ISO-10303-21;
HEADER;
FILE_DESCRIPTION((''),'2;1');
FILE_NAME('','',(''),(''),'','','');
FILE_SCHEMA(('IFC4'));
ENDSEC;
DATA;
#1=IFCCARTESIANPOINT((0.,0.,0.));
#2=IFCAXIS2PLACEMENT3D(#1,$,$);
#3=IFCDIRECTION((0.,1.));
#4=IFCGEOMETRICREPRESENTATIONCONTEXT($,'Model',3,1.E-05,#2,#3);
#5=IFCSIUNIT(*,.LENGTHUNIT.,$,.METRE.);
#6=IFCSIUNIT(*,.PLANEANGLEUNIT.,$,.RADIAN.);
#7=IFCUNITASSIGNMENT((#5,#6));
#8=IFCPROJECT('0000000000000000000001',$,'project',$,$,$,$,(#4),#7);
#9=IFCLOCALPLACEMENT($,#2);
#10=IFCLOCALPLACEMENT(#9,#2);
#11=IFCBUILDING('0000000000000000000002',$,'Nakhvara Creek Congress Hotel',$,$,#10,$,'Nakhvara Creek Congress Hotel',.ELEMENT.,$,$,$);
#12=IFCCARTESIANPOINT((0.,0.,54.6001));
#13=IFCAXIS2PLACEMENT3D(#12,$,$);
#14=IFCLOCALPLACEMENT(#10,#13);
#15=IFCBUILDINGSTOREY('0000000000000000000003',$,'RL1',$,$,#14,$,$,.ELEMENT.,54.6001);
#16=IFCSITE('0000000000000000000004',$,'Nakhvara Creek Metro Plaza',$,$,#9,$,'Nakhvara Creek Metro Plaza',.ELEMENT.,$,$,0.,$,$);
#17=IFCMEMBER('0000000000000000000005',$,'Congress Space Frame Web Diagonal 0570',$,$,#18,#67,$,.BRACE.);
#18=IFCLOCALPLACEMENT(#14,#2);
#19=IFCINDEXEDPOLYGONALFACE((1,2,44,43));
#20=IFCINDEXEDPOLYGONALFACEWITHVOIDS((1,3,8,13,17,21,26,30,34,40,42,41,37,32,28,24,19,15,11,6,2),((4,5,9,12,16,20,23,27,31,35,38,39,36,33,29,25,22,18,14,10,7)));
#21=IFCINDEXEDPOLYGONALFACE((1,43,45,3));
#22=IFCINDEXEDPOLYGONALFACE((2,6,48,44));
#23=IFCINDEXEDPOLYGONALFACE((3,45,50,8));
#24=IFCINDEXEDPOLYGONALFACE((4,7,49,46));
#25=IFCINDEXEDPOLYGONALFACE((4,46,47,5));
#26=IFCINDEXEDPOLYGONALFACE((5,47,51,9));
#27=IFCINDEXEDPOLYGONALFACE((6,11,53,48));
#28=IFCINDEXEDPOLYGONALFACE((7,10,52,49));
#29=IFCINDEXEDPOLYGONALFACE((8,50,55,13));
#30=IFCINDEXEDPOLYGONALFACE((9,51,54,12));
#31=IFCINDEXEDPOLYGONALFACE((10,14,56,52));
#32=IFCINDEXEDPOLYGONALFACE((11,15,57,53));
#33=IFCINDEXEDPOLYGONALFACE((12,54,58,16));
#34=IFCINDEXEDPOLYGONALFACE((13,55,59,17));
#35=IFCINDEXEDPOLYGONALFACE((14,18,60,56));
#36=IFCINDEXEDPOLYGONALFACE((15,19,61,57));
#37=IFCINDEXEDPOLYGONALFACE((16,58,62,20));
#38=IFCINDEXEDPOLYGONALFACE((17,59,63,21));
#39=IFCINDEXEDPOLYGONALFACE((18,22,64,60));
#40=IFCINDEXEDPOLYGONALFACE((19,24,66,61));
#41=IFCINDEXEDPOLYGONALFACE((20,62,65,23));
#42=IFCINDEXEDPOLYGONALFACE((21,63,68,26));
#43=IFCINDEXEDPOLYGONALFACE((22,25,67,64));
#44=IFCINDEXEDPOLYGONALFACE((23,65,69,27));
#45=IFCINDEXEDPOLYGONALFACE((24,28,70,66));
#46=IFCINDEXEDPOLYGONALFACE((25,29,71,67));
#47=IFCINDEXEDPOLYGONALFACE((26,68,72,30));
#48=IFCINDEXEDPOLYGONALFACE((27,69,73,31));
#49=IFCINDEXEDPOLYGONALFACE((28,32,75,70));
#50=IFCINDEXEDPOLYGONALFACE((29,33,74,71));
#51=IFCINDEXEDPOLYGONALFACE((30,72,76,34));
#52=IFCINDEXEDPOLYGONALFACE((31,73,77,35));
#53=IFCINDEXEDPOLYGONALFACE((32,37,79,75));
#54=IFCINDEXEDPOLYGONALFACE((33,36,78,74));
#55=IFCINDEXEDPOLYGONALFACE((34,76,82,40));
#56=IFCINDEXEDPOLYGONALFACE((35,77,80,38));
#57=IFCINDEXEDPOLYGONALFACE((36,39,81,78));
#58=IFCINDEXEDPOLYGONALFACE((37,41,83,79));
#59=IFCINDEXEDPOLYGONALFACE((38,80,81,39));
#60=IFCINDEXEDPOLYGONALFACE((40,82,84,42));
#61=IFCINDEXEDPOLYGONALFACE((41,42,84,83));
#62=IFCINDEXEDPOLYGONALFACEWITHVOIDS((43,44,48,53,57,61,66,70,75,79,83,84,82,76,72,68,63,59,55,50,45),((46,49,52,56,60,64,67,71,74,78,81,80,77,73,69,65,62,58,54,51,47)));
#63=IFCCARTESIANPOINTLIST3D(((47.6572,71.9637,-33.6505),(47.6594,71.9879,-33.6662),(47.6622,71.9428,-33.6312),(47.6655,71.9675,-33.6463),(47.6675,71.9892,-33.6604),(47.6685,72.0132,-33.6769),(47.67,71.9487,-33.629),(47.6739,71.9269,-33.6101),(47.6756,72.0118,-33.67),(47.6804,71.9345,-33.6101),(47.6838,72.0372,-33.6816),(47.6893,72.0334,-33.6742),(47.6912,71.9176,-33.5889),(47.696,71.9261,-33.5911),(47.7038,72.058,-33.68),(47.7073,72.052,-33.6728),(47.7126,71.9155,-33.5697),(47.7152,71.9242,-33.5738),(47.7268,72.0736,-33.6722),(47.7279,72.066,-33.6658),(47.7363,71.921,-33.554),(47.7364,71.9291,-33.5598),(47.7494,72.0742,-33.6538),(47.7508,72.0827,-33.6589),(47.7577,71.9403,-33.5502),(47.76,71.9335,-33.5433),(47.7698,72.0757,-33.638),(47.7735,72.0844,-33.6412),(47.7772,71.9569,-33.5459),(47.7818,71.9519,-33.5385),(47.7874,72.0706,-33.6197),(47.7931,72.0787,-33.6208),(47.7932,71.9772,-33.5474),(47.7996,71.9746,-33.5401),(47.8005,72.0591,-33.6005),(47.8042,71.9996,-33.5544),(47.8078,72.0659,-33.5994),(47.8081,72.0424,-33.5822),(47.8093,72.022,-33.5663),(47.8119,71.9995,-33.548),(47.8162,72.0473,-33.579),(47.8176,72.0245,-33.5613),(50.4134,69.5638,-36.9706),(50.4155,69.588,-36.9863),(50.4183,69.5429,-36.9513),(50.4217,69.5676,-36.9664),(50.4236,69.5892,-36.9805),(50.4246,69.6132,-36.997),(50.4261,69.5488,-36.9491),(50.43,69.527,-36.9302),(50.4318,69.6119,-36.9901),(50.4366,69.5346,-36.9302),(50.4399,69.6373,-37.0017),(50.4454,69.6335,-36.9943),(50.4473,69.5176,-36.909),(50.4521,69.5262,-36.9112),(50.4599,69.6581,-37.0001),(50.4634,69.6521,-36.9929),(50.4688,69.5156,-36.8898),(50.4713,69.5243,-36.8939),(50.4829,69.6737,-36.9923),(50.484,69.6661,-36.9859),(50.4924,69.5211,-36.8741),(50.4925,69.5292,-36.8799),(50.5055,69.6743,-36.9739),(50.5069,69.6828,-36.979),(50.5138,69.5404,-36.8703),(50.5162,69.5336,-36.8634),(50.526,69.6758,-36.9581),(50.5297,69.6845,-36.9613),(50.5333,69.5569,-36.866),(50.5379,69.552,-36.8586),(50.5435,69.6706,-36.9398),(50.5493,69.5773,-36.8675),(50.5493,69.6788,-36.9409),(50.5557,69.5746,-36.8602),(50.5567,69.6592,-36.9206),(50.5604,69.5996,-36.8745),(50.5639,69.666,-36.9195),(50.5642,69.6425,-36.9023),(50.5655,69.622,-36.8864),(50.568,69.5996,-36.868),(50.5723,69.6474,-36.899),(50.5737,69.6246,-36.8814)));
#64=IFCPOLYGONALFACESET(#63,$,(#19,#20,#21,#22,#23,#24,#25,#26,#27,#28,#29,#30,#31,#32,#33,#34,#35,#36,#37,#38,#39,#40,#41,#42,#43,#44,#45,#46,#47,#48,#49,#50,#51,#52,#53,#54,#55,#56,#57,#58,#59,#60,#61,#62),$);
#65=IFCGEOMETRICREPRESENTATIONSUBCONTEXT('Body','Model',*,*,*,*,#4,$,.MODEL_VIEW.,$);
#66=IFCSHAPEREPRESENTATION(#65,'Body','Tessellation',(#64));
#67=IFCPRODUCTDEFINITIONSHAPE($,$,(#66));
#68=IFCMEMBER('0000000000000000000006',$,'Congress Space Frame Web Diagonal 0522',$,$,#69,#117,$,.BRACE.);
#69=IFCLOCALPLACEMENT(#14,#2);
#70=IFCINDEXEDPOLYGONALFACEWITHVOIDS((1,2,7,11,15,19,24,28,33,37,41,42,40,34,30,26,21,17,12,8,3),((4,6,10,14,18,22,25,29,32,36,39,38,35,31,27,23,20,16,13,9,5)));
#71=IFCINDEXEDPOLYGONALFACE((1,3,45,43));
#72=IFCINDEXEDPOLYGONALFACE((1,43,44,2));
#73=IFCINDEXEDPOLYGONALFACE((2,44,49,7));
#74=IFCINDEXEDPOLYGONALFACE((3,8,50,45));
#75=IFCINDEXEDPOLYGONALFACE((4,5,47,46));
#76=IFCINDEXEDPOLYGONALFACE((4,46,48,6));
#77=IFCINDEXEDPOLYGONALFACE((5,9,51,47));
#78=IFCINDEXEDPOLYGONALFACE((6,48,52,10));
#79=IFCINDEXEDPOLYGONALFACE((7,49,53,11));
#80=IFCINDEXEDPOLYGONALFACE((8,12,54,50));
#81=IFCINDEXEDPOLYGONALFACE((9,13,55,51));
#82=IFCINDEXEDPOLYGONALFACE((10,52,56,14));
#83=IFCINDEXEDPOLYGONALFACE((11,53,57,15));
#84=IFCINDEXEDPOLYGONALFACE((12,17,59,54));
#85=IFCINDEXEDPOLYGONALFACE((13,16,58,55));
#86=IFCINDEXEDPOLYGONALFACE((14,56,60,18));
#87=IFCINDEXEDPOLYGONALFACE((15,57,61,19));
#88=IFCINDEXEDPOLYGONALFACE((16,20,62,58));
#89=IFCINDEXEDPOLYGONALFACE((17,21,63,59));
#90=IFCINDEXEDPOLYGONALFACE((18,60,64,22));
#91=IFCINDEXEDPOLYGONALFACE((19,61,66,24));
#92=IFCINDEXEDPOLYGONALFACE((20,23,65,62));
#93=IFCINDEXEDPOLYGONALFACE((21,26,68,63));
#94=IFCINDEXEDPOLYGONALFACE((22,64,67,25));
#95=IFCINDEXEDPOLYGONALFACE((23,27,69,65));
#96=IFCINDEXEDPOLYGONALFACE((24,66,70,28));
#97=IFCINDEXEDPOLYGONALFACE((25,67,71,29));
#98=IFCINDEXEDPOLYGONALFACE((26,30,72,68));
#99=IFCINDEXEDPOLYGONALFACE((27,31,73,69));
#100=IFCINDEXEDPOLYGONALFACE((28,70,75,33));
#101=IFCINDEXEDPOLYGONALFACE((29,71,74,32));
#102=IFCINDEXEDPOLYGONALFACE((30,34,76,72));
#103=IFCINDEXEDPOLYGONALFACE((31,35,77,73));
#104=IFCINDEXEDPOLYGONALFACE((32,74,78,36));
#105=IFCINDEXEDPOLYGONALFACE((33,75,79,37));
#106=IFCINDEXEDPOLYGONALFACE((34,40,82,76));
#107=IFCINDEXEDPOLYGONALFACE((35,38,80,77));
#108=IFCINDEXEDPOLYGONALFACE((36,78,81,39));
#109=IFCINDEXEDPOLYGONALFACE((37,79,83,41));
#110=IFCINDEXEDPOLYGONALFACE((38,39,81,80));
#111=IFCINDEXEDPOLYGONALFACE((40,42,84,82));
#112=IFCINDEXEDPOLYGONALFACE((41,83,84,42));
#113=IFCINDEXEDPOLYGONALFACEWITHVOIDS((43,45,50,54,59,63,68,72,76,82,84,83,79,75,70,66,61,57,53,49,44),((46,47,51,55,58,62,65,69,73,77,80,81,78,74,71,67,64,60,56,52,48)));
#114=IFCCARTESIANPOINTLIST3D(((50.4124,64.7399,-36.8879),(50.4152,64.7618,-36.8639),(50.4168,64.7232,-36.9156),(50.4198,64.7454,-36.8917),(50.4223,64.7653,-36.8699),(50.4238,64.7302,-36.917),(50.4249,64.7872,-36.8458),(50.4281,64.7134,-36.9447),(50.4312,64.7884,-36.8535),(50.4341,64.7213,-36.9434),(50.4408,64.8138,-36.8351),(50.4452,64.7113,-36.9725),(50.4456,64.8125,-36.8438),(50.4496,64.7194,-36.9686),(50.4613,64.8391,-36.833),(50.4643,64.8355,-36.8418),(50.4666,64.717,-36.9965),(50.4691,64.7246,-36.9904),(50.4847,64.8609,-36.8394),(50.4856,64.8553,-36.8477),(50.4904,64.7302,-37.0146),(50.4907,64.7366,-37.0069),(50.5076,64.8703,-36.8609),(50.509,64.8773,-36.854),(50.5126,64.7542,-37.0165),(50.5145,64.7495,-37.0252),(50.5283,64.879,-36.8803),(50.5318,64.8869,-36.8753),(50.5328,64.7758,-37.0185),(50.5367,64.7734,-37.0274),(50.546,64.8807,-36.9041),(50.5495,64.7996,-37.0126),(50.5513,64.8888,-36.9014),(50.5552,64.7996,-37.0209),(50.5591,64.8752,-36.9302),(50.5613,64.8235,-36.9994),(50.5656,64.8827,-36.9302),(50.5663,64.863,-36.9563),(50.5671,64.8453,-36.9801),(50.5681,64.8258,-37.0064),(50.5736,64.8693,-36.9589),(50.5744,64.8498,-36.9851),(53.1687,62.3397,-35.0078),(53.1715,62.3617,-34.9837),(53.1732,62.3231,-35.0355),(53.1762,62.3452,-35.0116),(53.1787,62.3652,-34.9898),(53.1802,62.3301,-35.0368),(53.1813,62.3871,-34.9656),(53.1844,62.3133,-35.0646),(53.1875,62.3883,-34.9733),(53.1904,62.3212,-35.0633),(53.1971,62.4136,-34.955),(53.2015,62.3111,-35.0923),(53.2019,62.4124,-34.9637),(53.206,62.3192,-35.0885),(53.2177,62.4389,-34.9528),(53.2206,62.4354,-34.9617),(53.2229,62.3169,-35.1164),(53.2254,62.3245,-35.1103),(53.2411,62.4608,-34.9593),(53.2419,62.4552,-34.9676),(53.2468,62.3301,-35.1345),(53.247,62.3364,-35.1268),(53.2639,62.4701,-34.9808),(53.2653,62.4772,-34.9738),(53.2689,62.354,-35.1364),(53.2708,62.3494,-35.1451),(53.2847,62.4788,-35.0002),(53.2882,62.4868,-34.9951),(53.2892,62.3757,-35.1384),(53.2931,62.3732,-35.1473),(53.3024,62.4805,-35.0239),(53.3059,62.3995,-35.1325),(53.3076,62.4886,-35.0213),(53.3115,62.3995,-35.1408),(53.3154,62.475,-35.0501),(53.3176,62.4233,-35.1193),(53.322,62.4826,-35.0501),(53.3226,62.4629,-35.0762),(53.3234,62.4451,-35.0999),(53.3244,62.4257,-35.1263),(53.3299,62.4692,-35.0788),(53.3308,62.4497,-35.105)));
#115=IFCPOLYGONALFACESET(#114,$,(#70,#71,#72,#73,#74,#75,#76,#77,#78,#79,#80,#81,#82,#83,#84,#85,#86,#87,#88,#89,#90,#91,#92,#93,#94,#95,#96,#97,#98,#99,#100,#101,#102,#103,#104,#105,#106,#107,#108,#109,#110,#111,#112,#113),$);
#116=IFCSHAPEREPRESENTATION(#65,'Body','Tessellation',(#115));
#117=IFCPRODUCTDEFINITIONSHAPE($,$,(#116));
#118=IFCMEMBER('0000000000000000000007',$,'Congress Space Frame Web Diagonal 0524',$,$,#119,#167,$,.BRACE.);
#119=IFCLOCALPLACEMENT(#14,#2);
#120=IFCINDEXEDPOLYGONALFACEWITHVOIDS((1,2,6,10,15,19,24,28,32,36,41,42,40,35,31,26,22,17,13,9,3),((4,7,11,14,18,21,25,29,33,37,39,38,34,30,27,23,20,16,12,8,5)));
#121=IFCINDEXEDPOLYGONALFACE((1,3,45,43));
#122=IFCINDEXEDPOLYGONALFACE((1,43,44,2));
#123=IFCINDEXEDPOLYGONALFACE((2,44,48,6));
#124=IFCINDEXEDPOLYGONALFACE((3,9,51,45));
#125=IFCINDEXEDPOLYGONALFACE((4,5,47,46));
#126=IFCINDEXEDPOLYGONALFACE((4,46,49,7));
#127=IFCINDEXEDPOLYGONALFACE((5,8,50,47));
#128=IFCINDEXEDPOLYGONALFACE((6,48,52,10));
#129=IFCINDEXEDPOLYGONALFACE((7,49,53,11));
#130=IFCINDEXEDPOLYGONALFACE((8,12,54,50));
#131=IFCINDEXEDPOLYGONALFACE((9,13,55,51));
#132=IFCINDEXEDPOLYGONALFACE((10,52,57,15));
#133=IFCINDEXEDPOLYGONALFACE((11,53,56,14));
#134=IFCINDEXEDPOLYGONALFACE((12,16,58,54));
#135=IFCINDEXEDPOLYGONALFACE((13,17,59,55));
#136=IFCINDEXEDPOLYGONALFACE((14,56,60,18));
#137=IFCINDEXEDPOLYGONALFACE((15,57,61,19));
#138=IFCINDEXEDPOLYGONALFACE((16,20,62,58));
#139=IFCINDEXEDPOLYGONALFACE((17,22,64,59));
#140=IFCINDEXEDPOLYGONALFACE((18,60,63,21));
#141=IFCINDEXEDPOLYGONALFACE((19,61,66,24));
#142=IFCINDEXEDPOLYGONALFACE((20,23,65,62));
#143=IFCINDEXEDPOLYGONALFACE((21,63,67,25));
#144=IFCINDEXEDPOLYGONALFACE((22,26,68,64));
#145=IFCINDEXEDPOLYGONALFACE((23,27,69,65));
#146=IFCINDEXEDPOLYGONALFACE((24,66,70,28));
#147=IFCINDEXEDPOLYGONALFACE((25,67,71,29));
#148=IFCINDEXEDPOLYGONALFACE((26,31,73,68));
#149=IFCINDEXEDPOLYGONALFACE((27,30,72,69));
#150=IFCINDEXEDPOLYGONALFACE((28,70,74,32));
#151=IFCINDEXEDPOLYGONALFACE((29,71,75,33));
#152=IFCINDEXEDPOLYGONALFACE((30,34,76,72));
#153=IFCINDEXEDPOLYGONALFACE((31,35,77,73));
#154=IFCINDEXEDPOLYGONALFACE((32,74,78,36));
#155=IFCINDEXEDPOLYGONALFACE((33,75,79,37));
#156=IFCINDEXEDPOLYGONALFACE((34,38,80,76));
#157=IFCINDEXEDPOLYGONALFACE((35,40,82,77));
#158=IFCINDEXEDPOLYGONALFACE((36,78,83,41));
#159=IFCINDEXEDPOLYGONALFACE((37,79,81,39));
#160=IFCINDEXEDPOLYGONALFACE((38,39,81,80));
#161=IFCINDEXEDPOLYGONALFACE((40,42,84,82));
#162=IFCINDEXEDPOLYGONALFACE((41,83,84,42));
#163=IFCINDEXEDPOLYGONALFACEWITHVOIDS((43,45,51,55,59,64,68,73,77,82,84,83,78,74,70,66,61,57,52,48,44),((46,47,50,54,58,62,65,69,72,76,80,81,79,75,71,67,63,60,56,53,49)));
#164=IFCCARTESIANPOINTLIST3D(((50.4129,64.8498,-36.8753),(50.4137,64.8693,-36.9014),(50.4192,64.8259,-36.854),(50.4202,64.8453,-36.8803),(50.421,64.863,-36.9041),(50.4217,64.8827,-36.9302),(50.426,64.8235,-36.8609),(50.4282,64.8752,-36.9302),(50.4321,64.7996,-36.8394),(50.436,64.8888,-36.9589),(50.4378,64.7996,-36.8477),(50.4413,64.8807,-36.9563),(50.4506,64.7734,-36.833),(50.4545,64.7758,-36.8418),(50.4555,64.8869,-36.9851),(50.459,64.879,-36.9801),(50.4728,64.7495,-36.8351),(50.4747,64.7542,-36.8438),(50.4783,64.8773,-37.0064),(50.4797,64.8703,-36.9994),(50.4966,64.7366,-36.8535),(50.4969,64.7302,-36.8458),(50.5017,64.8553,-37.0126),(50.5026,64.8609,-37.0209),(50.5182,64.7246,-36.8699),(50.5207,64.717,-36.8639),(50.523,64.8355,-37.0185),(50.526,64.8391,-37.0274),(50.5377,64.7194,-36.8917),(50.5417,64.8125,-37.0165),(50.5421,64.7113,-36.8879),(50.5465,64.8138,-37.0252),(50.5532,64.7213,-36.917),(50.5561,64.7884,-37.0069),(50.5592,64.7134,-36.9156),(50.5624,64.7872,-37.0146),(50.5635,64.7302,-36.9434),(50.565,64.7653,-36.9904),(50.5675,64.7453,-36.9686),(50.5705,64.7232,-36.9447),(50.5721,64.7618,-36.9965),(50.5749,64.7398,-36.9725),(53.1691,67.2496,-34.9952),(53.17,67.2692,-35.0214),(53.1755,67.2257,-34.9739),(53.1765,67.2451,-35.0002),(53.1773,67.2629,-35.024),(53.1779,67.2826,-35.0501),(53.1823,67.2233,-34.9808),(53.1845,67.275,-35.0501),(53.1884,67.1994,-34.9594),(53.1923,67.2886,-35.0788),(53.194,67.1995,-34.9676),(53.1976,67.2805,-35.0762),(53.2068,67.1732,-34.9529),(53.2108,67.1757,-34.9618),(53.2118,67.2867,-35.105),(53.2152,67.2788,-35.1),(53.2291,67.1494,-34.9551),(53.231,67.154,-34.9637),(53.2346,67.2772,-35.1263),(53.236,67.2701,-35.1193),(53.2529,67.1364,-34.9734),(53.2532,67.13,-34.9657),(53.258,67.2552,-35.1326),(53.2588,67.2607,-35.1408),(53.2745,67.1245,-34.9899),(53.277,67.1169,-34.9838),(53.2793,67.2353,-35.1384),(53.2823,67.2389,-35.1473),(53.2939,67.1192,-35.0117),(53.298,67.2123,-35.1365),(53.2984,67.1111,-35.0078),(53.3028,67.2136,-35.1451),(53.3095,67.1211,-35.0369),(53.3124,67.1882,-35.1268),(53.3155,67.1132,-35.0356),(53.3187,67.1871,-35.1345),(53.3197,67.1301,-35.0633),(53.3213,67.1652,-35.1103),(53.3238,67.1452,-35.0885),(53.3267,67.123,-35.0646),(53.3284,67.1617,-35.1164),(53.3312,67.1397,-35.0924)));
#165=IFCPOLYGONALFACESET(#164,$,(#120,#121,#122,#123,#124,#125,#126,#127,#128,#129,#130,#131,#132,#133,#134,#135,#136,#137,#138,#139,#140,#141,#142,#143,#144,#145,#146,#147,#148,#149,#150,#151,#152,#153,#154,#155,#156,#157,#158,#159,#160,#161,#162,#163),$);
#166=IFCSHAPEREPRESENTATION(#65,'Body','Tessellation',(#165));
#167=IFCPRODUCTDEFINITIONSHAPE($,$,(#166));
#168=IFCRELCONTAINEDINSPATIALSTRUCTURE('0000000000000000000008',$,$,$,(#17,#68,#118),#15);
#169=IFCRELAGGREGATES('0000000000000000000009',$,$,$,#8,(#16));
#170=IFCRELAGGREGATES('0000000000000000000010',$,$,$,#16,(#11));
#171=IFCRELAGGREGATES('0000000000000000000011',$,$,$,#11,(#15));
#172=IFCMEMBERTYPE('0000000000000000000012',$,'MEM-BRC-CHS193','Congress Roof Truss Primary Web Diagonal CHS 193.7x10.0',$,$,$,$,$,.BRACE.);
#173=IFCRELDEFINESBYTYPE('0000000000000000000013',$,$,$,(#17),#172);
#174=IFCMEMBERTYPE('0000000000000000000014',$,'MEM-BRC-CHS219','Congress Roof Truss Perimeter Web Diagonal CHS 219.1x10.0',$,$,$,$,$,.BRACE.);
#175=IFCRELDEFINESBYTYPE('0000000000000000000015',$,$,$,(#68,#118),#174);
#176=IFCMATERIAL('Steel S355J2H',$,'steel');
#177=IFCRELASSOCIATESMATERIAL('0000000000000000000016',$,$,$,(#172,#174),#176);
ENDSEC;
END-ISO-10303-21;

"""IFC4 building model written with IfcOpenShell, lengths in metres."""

from ifc_helpers import new_model, si_unit, direction, frame, origin, origin_2d, place, context, subcontext, project, spatial, hollow_circle, extrude, material, material_profile, profile_set, type_object, element, save


model = new_model("IFC4")

# Units and contexts
model_context = context("Model", 3, precision=1e-05, world=origin(), true_north=direction((0.0, 1.0)))
body_context = subcontext(model_context, "Body", "Model", "MODEL_VIEW")
ifc_project = project(units=[si_unit("LENGTHUNIT", "METRE"), si_unit("PLANEANGLEUNIT", "RADIAN")], contexts=[model_context])

# Site, building, storey
site_placement = place(None, origin())
site = spatial("IfcSite", under=ifc_project, at=site_placement, Name="Nakhvara Creek Metro Plaza", LongName="Nakhvara Creek Metro Plaza", CompositionType="ELEMENT", RefElevation=0.0)
building_placement = place(site_placement, origin())
building = spatial("IfcBuilding", under=site, at=building_placement, Name="Nakhvara Creek Congress Hotel", LongName="Nakhvara Creek Congress Hotel", CompositionType="ELEMENT")
storey_placement = place(building_placement, frame((0.0, 0.0, 54.6001)))
storey = spatial("IfcBuildingStorey", under=building, at=storey_placement, Name="RL1", CompositionType="ELEMENT", Elevation=54.6001)

# Members
ifc_material_1 = material(Name="Steel S355J2H", Category="steel")
ifc_material_profile_1 = material_profile(ifc_material_1, hollow_circle(Radius=0.0969, WallThickness=0.01, at=origin_2d()), Name="CHS 193.7x10.0", Category="LoadBearing")
ifc_profile_set_1 = profile_set([ifc_material_profile_1], Name="Steel S355J2H")
member_type_1 = type_object("IfcMemberType", Name="MEM-BRC-CHS193", Description="Congress Roof Truss Primary Web Diagonal CHS 193.7x10.0", PredefinedType="BRACE", material=ifc_profile_set_1)
for number, where, z_axis, x_axis, name in (
    (1, (50.4937, 69.6001, -36.9302), (-0.558203, 0.48606, 0.672425), (-0.656691, -0.75416, 0.0), "Congress Space Frame Web Diagonal 0570"),
):
    element("IfcMember", number, at=place(storey_placement, frame(where, z_axis=z_axis, x_axis=x_axis)), inside=storey, type_object=member_type_1, Name=name, PredefinedType="BRACE", context=body_context, shape_type="SweptSolid", body=[
        extrude(hollow_circle(Radius=0.0969, WallThickness=0.01, at=origin_2d()), origin(), (0.0, 0.0, 1.0), 4.9375),
    ])
ifc_material_profile_2 = material_profile(ifc_material_1, hollow_circle(Radius=0.1096, WallThickness=0.01, at=origin_2d()), Name="CHS 219.1x10.0", Category="LoadBearing")
ifc_profile_set_2 = profile_set([ifc_material_profile_2], Name="Steel S355J2H")
member_type_2 = type_object("IfcMemberType", Name="MEM-BRC-CHS219", Description="Congress Roof Truss Perimeter Web Diagonal CHS 219.1x10.0", PredefinedType="BRACE", material=ifc_profile_set_2)
member_1_placement = place(storey_placement, frame((50.4937, 64.8, -36.9302), z_axis=(0.670626, -0.583961, 0.457439), x_axis=(0.656696, 0.754155, 0.0)))
element("IfcMember", 2, at=member_1_placement, inside=storey, type_object=member_type_2, Name="Congress Space Frame Web Diagonal 0522", PredefinedType="BRACE", context=body_context, shape_type="SweptSolid", body=[
    extrude(hollow_circle(Radius=0.1096, WallThickness=0.01, at=origin_2d()), origin(), (0.0, 0.0, 1.0), 4.1101),
])
member_2_placement = place(storey_placement, frame((50.4937, 64.8, -36.9302), z_axis=(0.670649, 0.583922, 0.457455), x_axis=(-0.656658, 0.754188, 0.0)))
element("IfcMember", 3, at=member_2_placement, inside=storey, type_object=member_type_2, Name="Congress Space Frame Web Diagonal 0524", PredefinedType="BRACE", context=body_context, shape_type="SweptSolid", body=[
    extrude(hollow_circle(Radius=0.1096, WallThickness=0.01, at=origin_2d()), origin(), (0.0, 0.0, 1.0), 4.1099),
])

save(model, "model.ifc")
